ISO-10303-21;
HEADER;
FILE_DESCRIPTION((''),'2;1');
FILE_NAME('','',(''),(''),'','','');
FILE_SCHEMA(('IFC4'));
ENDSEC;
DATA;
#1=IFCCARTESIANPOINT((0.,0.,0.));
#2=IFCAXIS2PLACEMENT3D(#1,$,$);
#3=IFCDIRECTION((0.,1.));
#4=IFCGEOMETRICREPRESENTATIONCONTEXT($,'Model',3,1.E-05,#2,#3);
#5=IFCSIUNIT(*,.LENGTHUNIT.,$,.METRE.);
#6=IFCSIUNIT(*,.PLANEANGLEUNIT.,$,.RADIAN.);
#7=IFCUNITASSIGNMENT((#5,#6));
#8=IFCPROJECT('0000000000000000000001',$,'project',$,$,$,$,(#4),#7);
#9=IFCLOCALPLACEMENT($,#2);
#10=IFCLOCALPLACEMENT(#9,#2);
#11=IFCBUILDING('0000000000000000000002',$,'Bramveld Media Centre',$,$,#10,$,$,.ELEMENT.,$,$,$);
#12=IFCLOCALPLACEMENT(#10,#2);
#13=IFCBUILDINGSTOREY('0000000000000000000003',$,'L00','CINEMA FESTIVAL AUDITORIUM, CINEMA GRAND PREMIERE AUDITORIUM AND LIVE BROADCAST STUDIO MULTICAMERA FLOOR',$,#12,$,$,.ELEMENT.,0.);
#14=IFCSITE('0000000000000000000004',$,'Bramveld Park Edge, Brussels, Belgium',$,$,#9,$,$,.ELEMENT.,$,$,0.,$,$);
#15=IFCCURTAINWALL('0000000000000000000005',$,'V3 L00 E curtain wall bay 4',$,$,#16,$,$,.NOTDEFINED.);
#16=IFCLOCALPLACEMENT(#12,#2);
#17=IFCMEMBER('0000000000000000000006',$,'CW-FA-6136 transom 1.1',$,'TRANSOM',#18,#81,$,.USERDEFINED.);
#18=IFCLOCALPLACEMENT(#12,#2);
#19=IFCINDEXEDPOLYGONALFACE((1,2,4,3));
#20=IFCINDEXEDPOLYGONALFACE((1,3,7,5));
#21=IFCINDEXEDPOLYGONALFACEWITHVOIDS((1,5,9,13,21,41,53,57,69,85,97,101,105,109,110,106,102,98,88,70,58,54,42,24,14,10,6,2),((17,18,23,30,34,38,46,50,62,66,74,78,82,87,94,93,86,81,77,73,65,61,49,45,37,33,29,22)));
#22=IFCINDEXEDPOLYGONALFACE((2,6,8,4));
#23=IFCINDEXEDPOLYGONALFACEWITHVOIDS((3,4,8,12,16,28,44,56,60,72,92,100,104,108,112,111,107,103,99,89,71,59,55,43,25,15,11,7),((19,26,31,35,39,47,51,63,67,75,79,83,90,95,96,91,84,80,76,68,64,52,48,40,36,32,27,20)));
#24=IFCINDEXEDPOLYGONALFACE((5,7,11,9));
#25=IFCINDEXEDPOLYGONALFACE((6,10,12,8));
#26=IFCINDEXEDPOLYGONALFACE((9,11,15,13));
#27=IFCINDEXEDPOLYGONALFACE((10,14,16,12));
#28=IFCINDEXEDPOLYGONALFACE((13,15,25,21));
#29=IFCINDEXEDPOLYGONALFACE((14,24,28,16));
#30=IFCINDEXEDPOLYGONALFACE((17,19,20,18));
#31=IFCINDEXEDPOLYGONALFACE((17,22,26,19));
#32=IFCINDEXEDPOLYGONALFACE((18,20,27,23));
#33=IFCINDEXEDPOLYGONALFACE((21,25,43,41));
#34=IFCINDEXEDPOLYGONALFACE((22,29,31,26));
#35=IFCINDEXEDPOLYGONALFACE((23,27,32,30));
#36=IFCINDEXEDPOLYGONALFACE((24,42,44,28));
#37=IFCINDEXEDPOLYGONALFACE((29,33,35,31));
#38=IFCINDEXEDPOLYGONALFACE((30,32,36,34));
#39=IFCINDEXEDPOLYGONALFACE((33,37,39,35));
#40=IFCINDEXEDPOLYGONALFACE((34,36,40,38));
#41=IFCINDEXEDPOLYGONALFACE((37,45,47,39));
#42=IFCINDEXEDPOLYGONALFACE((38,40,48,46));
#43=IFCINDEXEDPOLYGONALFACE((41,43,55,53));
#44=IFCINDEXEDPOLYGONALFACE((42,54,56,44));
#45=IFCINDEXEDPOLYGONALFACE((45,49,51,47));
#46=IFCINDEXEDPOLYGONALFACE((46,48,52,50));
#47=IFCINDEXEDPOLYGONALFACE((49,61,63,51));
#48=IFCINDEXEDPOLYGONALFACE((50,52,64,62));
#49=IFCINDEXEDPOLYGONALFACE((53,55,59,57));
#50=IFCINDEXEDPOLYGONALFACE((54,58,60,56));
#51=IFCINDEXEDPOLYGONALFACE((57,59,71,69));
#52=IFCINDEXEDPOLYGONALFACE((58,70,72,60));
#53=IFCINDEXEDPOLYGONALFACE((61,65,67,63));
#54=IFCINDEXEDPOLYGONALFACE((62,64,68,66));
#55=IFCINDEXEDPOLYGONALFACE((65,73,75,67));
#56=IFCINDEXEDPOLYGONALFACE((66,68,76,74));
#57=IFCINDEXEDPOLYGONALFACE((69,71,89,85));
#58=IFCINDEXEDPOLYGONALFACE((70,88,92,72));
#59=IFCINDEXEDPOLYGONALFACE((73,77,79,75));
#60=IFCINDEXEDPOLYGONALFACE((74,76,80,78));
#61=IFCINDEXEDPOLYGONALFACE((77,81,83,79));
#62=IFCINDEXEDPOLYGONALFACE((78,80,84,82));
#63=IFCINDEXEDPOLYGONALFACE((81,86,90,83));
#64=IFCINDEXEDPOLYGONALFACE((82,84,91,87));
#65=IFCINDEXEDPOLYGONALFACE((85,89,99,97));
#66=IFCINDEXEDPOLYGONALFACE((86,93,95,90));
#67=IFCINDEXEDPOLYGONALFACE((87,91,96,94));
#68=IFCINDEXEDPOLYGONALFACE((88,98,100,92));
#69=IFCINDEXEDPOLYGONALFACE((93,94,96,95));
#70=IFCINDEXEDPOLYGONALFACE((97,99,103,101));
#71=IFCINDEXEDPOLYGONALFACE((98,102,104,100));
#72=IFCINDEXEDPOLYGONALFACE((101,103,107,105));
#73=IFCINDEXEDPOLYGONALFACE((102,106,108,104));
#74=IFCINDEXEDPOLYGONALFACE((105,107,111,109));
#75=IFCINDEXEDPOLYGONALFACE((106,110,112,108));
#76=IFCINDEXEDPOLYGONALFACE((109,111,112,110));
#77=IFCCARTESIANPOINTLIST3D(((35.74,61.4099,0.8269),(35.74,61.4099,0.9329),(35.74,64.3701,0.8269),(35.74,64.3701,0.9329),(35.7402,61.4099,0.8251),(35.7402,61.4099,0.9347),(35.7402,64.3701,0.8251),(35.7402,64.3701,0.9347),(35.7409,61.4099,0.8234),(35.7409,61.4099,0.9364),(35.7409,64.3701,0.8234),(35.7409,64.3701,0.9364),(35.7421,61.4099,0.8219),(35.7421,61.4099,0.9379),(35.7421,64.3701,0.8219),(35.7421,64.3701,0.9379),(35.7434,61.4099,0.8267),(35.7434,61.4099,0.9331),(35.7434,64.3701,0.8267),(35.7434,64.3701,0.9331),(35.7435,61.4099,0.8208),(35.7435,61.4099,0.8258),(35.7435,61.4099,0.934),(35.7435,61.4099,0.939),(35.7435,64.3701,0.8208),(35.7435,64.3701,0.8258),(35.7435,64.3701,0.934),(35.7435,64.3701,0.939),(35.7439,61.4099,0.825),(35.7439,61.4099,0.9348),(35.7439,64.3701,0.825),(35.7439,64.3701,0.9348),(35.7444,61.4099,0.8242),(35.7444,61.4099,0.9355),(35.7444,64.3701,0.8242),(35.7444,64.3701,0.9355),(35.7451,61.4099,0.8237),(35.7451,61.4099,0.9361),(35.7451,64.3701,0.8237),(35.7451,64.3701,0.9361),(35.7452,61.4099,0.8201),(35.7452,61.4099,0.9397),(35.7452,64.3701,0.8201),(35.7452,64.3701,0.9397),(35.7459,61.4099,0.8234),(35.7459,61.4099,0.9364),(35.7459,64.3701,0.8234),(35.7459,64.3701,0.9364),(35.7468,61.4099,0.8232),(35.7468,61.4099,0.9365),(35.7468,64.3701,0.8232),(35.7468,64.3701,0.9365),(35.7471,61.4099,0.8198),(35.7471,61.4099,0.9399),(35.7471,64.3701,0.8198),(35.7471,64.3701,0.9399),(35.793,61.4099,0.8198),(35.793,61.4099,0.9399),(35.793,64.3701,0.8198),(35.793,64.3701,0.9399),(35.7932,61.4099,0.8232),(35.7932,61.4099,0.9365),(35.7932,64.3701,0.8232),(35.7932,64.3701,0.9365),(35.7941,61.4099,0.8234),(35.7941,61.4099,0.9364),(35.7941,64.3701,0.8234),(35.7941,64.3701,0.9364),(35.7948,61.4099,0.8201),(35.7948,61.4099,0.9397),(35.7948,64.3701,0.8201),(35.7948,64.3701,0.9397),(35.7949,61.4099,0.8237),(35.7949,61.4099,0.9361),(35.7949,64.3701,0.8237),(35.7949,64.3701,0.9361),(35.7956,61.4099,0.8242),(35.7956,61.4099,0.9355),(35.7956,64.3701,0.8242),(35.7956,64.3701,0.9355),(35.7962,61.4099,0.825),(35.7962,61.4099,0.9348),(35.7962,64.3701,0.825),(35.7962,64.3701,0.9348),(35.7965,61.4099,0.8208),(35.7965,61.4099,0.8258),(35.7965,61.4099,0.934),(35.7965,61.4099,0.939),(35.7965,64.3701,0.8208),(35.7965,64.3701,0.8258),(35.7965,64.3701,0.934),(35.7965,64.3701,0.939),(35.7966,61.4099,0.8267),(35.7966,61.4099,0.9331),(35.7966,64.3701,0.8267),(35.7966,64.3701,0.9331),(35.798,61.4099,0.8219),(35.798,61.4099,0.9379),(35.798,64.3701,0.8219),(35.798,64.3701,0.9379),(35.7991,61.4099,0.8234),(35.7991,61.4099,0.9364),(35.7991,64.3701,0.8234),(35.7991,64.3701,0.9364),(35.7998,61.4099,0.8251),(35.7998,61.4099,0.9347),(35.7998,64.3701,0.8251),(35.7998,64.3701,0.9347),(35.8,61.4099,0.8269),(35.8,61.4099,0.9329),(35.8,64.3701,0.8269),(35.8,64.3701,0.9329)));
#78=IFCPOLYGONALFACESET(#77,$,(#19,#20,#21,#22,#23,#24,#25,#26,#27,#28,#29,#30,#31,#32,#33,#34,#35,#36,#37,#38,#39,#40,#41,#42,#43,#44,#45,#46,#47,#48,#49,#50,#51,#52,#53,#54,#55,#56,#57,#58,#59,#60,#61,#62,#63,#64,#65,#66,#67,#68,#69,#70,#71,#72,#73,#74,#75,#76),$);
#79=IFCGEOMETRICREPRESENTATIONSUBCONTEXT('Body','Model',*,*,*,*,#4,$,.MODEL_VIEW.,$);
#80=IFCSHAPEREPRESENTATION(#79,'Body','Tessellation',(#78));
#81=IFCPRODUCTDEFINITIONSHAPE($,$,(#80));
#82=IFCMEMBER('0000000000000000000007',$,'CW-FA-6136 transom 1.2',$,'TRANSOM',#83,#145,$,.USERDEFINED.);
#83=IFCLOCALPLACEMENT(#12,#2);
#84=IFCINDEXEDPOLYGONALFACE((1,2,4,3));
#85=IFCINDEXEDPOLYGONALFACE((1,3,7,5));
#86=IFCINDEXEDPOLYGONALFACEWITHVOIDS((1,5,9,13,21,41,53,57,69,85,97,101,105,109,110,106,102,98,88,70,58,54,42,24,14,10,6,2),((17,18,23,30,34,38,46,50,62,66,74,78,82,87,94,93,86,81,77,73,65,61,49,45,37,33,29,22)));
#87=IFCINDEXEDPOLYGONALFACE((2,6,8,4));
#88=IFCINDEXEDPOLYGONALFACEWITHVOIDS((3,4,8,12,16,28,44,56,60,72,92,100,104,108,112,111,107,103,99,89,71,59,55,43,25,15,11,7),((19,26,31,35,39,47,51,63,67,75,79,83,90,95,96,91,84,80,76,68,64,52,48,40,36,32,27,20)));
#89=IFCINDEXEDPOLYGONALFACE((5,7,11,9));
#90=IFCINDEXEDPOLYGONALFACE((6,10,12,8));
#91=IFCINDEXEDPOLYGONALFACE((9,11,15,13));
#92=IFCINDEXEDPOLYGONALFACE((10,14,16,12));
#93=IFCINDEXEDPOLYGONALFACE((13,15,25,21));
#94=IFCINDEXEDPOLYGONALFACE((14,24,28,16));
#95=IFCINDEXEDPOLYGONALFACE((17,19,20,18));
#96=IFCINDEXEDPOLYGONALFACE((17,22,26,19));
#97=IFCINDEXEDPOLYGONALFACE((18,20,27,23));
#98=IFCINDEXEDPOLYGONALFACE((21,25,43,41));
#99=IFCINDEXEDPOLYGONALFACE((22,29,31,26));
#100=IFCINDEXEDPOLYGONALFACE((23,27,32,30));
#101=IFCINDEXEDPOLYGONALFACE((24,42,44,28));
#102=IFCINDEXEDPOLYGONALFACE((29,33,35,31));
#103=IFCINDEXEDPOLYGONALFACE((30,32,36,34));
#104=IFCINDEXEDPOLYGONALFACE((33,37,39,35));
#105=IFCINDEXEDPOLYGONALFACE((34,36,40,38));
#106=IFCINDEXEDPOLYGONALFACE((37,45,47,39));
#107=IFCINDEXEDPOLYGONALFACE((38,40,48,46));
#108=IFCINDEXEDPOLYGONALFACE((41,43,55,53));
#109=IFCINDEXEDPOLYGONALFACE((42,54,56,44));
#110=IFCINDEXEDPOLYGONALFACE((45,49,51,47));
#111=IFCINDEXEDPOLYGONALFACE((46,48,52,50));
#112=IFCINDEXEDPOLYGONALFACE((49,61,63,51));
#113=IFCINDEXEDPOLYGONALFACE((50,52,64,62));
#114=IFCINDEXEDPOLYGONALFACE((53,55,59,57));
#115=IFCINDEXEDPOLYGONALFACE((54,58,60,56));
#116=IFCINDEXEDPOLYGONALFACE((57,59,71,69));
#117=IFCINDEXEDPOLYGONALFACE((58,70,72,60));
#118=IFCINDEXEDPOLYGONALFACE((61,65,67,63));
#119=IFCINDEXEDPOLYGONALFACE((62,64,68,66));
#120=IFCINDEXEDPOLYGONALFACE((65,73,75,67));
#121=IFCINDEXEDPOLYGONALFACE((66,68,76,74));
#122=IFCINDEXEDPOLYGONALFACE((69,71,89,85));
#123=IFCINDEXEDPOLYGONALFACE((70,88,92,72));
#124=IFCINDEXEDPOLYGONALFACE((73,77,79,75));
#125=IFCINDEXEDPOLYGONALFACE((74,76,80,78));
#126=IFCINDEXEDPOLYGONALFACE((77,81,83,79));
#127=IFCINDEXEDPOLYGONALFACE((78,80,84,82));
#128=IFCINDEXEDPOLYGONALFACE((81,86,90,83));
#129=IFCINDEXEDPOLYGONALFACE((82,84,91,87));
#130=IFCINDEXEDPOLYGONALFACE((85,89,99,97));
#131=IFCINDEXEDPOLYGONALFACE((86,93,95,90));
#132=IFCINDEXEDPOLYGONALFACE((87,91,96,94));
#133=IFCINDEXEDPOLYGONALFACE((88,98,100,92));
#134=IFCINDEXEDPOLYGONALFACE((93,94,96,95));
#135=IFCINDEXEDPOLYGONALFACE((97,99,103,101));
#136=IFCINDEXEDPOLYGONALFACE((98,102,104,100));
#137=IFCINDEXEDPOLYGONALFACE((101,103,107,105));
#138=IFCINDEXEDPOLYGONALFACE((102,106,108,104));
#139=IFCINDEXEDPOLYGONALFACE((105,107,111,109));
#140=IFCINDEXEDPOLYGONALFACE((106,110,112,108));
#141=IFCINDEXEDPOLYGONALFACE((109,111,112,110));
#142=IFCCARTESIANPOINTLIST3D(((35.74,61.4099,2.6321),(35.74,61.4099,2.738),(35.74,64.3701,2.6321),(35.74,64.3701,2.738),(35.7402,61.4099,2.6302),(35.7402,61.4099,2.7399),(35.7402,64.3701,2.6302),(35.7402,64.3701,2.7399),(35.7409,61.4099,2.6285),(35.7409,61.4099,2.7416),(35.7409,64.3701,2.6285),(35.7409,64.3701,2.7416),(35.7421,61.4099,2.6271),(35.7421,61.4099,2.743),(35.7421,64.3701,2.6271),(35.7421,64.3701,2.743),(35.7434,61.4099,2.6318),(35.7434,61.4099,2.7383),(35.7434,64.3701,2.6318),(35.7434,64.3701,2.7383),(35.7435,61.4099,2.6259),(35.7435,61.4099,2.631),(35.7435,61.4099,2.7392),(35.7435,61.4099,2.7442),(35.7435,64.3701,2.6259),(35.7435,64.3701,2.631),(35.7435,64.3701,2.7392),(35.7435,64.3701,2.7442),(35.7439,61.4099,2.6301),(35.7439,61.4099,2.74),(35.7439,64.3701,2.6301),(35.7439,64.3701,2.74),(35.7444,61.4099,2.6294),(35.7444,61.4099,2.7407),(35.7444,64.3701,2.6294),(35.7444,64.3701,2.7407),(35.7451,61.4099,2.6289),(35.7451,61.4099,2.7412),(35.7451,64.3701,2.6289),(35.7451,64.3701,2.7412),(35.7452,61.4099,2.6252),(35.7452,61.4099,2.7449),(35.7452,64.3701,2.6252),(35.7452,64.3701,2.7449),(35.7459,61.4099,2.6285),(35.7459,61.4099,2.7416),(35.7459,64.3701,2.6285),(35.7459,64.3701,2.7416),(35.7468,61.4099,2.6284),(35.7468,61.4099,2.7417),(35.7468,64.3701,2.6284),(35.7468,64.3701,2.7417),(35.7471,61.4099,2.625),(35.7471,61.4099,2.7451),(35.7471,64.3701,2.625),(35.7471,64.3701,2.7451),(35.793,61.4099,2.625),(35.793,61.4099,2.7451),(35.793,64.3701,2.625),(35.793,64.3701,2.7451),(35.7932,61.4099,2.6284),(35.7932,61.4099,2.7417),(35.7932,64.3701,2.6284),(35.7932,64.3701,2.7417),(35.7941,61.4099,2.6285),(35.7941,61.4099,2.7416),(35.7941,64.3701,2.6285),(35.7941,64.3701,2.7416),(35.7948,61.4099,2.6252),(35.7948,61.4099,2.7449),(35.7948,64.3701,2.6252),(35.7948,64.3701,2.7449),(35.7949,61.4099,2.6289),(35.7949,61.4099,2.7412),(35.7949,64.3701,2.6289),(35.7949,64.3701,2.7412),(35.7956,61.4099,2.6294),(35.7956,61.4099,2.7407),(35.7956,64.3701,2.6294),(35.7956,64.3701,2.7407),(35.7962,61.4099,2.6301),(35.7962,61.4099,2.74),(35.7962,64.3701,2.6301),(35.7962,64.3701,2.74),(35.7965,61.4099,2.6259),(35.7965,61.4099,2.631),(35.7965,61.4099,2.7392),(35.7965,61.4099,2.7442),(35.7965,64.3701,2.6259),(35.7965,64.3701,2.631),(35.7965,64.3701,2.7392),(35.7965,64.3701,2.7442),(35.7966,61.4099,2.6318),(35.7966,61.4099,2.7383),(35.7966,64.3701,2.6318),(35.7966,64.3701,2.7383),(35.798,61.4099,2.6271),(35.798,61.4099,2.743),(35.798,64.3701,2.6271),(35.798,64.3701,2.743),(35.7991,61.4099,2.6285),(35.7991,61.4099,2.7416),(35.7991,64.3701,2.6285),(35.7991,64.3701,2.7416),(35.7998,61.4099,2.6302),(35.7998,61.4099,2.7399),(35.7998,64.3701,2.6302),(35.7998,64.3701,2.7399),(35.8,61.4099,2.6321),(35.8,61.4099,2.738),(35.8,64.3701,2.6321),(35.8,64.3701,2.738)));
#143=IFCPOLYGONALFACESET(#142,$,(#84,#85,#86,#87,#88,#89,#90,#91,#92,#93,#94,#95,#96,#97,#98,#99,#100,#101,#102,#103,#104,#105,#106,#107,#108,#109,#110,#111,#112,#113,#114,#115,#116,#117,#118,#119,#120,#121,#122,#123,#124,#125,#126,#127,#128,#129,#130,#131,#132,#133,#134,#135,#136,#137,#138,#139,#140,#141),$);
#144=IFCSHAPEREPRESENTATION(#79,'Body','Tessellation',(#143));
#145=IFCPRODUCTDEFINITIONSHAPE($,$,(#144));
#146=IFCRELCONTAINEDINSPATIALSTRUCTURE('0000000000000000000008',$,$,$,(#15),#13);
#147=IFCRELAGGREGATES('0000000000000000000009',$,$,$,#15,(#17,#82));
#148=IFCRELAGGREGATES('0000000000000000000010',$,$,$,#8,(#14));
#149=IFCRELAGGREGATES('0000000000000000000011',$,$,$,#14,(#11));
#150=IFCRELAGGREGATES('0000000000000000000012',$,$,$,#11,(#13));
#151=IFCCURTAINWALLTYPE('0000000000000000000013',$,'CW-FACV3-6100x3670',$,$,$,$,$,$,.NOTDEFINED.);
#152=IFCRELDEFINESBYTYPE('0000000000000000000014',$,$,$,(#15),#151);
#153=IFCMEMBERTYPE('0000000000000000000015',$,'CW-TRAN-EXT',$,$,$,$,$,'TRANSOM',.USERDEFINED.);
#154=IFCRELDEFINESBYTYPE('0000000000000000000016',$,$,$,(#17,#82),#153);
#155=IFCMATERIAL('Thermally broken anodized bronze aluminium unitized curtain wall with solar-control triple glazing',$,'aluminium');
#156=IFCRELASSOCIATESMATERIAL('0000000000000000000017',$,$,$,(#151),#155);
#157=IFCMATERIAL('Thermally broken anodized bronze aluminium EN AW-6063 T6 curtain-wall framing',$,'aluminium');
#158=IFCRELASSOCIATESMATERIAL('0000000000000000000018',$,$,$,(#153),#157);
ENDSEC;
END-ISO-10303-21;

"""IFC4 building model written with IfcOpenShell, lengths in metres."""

from ifc_helpers import new_model, si_unit, direction, frame, origin, origin_2d, place, context, subcontext, project, spatial, hollow_rectangle, extrude, material, material_profile, profile_set, type_object, element, aggregate, save


model = new_model("IFC4")

# Units and contexts
model_context = context("Model", 3, precision=1e-05, world=origin(), true_north=direction((0.0, 1.0)))
body_context = subcontext(model_context, "Body", "Model", "MODEL_VIEW")
ifc_project = project(units=[si_unit("LENGTHUNIT", "METRE"), si_unit("PLANEANGLEUNIT", "RADIAN")], contexts=[model_context])

# Site, building, storey
site_placement = place(None, origin())
site = spatial("IfcSite", under=ifc_project, at=site_placement, Name="Bramveld Park Edge, Brussels, Belgium", CompositionType="ELEMENT", RefElevation=0.0)
building_placement = place(site_placement, origin())
building = spatial("IfcBuilding", under=site, at=building_placement, Name="Bramveld Media Centre", CompositionType="ELEMENT")
storey_placement = place(building_placement, origin())
storey = spatial("IfcBuildingStorey", under=building, at=storey_placement, Name="L00", Description="CINEMA FESTIVAL AUDITORIUM, CINEMA GRAND PREMIERE AUDITORIUM AND LIVE BROADCAST STUDIO MULTICAMERA FLOOR", CompositionType="ELEMENT", Elevation=0.0)

# Curtain wall
ifc_material_1 = material(Name="Thermally broken anodized bronze aluminium unitized curtain wall with solar-control triple glazing", Category="aluminium")
curtain_wall_type_1 = type_object("IfcCurtainWallType", Name="CW-FACV3-6100x3670", PredefinedType="NOTDEFINED", material=ifc_material_1)
curtain_wall_1_placement = place(storey_placement, origin())
curtain_wall_1 = element("IfcCurtainWall", 1, at=curtain_wall_1_placement, inside=storey, type_object=curtain_wall_type_1, Name="V3 L00 E curtain wall bay 4", PredefinedType="NOTDEFINED")

# Members
ifc_material_2 = material(Name="Thermally broken anodized bronze aluminium EN AW-6063 T6 curtain-wall framing", Category="aluminium")
ifc_material_profile_1 = material_profile(ifc_material_2, hollow_rectangle(XDim=0.0601, YDim=0.1201, WallThickness=0.0034, InnerFilletRadius=0.0034, OuterFilletRadius=0.0071, at=origin_2d()), Name="AL-TRAN 60x120")
ifc_profile_set_1 = profile_set([ifc_material_profile_1], Name="Thermally broken anodized bronze aluminium EN AW-6063 T6 curtain-wall framing")
member_type_1 = type_object("IfcMemberType", Name="CW-TRAN-EXT", ElementType="TRANSOM", PredefinedType="USERDEFINED", material=ifc_profile_set_1)
member_1_placement = place(storey_placement, frame((35.77, 61.4099, 0.8799), z_axis=(0.0, 1.0, 0.0), x_axis=(-1.0, 0.0, 0.0)))
member_1 = element("IfcMember", 2, at=member_1_placement, type_object=member_type_1, Name="CW-FA-6136 transom 1.1", ObjectType="TRANSOM", PredefinedType="USERDEFINED", context=body_context, shape_type="SweptSolid", body=[
    extrude(hollow_rectangle(XDim=0.0601, YDim=0.1201, WallThickness=0.0034, InnerFilletRadius=0.0034, OuterFilletRadius=0.0071, at=origin_2d()), origin(), (0.0, 0.0, 1.0), 2.9602),
])
member_2_placement = place(storey_placement, frame((35.77, 61.4099, 2.6851), z_axis=(0.0, 1.0, 0.0), x_axis=(-1.0, 0.0, 0.0)))
member_2 = element("IfcMember", 3, at=member_2_placement, type_object=member_type_1, Name="CW-FA-6136 transom 1.2", ObjectType="TRANSOM", PredefinedType="USERDEFINED", context=body_context, shape_type="SweptSolid", body=[
    extrude(hollow_rectangle(XDim=0.0601, YDim=0.1201, WallThickness=0.0034, InnerFilletRadius=0.0034, OuterFilletRadius=0.0071, at=origin_2d()), origin(), (0.0, 0.0, 1.0), 2.9602),
])
aggregate(curtain_wall_1, [member_1, member_2])

save(model, "model.ifc")
